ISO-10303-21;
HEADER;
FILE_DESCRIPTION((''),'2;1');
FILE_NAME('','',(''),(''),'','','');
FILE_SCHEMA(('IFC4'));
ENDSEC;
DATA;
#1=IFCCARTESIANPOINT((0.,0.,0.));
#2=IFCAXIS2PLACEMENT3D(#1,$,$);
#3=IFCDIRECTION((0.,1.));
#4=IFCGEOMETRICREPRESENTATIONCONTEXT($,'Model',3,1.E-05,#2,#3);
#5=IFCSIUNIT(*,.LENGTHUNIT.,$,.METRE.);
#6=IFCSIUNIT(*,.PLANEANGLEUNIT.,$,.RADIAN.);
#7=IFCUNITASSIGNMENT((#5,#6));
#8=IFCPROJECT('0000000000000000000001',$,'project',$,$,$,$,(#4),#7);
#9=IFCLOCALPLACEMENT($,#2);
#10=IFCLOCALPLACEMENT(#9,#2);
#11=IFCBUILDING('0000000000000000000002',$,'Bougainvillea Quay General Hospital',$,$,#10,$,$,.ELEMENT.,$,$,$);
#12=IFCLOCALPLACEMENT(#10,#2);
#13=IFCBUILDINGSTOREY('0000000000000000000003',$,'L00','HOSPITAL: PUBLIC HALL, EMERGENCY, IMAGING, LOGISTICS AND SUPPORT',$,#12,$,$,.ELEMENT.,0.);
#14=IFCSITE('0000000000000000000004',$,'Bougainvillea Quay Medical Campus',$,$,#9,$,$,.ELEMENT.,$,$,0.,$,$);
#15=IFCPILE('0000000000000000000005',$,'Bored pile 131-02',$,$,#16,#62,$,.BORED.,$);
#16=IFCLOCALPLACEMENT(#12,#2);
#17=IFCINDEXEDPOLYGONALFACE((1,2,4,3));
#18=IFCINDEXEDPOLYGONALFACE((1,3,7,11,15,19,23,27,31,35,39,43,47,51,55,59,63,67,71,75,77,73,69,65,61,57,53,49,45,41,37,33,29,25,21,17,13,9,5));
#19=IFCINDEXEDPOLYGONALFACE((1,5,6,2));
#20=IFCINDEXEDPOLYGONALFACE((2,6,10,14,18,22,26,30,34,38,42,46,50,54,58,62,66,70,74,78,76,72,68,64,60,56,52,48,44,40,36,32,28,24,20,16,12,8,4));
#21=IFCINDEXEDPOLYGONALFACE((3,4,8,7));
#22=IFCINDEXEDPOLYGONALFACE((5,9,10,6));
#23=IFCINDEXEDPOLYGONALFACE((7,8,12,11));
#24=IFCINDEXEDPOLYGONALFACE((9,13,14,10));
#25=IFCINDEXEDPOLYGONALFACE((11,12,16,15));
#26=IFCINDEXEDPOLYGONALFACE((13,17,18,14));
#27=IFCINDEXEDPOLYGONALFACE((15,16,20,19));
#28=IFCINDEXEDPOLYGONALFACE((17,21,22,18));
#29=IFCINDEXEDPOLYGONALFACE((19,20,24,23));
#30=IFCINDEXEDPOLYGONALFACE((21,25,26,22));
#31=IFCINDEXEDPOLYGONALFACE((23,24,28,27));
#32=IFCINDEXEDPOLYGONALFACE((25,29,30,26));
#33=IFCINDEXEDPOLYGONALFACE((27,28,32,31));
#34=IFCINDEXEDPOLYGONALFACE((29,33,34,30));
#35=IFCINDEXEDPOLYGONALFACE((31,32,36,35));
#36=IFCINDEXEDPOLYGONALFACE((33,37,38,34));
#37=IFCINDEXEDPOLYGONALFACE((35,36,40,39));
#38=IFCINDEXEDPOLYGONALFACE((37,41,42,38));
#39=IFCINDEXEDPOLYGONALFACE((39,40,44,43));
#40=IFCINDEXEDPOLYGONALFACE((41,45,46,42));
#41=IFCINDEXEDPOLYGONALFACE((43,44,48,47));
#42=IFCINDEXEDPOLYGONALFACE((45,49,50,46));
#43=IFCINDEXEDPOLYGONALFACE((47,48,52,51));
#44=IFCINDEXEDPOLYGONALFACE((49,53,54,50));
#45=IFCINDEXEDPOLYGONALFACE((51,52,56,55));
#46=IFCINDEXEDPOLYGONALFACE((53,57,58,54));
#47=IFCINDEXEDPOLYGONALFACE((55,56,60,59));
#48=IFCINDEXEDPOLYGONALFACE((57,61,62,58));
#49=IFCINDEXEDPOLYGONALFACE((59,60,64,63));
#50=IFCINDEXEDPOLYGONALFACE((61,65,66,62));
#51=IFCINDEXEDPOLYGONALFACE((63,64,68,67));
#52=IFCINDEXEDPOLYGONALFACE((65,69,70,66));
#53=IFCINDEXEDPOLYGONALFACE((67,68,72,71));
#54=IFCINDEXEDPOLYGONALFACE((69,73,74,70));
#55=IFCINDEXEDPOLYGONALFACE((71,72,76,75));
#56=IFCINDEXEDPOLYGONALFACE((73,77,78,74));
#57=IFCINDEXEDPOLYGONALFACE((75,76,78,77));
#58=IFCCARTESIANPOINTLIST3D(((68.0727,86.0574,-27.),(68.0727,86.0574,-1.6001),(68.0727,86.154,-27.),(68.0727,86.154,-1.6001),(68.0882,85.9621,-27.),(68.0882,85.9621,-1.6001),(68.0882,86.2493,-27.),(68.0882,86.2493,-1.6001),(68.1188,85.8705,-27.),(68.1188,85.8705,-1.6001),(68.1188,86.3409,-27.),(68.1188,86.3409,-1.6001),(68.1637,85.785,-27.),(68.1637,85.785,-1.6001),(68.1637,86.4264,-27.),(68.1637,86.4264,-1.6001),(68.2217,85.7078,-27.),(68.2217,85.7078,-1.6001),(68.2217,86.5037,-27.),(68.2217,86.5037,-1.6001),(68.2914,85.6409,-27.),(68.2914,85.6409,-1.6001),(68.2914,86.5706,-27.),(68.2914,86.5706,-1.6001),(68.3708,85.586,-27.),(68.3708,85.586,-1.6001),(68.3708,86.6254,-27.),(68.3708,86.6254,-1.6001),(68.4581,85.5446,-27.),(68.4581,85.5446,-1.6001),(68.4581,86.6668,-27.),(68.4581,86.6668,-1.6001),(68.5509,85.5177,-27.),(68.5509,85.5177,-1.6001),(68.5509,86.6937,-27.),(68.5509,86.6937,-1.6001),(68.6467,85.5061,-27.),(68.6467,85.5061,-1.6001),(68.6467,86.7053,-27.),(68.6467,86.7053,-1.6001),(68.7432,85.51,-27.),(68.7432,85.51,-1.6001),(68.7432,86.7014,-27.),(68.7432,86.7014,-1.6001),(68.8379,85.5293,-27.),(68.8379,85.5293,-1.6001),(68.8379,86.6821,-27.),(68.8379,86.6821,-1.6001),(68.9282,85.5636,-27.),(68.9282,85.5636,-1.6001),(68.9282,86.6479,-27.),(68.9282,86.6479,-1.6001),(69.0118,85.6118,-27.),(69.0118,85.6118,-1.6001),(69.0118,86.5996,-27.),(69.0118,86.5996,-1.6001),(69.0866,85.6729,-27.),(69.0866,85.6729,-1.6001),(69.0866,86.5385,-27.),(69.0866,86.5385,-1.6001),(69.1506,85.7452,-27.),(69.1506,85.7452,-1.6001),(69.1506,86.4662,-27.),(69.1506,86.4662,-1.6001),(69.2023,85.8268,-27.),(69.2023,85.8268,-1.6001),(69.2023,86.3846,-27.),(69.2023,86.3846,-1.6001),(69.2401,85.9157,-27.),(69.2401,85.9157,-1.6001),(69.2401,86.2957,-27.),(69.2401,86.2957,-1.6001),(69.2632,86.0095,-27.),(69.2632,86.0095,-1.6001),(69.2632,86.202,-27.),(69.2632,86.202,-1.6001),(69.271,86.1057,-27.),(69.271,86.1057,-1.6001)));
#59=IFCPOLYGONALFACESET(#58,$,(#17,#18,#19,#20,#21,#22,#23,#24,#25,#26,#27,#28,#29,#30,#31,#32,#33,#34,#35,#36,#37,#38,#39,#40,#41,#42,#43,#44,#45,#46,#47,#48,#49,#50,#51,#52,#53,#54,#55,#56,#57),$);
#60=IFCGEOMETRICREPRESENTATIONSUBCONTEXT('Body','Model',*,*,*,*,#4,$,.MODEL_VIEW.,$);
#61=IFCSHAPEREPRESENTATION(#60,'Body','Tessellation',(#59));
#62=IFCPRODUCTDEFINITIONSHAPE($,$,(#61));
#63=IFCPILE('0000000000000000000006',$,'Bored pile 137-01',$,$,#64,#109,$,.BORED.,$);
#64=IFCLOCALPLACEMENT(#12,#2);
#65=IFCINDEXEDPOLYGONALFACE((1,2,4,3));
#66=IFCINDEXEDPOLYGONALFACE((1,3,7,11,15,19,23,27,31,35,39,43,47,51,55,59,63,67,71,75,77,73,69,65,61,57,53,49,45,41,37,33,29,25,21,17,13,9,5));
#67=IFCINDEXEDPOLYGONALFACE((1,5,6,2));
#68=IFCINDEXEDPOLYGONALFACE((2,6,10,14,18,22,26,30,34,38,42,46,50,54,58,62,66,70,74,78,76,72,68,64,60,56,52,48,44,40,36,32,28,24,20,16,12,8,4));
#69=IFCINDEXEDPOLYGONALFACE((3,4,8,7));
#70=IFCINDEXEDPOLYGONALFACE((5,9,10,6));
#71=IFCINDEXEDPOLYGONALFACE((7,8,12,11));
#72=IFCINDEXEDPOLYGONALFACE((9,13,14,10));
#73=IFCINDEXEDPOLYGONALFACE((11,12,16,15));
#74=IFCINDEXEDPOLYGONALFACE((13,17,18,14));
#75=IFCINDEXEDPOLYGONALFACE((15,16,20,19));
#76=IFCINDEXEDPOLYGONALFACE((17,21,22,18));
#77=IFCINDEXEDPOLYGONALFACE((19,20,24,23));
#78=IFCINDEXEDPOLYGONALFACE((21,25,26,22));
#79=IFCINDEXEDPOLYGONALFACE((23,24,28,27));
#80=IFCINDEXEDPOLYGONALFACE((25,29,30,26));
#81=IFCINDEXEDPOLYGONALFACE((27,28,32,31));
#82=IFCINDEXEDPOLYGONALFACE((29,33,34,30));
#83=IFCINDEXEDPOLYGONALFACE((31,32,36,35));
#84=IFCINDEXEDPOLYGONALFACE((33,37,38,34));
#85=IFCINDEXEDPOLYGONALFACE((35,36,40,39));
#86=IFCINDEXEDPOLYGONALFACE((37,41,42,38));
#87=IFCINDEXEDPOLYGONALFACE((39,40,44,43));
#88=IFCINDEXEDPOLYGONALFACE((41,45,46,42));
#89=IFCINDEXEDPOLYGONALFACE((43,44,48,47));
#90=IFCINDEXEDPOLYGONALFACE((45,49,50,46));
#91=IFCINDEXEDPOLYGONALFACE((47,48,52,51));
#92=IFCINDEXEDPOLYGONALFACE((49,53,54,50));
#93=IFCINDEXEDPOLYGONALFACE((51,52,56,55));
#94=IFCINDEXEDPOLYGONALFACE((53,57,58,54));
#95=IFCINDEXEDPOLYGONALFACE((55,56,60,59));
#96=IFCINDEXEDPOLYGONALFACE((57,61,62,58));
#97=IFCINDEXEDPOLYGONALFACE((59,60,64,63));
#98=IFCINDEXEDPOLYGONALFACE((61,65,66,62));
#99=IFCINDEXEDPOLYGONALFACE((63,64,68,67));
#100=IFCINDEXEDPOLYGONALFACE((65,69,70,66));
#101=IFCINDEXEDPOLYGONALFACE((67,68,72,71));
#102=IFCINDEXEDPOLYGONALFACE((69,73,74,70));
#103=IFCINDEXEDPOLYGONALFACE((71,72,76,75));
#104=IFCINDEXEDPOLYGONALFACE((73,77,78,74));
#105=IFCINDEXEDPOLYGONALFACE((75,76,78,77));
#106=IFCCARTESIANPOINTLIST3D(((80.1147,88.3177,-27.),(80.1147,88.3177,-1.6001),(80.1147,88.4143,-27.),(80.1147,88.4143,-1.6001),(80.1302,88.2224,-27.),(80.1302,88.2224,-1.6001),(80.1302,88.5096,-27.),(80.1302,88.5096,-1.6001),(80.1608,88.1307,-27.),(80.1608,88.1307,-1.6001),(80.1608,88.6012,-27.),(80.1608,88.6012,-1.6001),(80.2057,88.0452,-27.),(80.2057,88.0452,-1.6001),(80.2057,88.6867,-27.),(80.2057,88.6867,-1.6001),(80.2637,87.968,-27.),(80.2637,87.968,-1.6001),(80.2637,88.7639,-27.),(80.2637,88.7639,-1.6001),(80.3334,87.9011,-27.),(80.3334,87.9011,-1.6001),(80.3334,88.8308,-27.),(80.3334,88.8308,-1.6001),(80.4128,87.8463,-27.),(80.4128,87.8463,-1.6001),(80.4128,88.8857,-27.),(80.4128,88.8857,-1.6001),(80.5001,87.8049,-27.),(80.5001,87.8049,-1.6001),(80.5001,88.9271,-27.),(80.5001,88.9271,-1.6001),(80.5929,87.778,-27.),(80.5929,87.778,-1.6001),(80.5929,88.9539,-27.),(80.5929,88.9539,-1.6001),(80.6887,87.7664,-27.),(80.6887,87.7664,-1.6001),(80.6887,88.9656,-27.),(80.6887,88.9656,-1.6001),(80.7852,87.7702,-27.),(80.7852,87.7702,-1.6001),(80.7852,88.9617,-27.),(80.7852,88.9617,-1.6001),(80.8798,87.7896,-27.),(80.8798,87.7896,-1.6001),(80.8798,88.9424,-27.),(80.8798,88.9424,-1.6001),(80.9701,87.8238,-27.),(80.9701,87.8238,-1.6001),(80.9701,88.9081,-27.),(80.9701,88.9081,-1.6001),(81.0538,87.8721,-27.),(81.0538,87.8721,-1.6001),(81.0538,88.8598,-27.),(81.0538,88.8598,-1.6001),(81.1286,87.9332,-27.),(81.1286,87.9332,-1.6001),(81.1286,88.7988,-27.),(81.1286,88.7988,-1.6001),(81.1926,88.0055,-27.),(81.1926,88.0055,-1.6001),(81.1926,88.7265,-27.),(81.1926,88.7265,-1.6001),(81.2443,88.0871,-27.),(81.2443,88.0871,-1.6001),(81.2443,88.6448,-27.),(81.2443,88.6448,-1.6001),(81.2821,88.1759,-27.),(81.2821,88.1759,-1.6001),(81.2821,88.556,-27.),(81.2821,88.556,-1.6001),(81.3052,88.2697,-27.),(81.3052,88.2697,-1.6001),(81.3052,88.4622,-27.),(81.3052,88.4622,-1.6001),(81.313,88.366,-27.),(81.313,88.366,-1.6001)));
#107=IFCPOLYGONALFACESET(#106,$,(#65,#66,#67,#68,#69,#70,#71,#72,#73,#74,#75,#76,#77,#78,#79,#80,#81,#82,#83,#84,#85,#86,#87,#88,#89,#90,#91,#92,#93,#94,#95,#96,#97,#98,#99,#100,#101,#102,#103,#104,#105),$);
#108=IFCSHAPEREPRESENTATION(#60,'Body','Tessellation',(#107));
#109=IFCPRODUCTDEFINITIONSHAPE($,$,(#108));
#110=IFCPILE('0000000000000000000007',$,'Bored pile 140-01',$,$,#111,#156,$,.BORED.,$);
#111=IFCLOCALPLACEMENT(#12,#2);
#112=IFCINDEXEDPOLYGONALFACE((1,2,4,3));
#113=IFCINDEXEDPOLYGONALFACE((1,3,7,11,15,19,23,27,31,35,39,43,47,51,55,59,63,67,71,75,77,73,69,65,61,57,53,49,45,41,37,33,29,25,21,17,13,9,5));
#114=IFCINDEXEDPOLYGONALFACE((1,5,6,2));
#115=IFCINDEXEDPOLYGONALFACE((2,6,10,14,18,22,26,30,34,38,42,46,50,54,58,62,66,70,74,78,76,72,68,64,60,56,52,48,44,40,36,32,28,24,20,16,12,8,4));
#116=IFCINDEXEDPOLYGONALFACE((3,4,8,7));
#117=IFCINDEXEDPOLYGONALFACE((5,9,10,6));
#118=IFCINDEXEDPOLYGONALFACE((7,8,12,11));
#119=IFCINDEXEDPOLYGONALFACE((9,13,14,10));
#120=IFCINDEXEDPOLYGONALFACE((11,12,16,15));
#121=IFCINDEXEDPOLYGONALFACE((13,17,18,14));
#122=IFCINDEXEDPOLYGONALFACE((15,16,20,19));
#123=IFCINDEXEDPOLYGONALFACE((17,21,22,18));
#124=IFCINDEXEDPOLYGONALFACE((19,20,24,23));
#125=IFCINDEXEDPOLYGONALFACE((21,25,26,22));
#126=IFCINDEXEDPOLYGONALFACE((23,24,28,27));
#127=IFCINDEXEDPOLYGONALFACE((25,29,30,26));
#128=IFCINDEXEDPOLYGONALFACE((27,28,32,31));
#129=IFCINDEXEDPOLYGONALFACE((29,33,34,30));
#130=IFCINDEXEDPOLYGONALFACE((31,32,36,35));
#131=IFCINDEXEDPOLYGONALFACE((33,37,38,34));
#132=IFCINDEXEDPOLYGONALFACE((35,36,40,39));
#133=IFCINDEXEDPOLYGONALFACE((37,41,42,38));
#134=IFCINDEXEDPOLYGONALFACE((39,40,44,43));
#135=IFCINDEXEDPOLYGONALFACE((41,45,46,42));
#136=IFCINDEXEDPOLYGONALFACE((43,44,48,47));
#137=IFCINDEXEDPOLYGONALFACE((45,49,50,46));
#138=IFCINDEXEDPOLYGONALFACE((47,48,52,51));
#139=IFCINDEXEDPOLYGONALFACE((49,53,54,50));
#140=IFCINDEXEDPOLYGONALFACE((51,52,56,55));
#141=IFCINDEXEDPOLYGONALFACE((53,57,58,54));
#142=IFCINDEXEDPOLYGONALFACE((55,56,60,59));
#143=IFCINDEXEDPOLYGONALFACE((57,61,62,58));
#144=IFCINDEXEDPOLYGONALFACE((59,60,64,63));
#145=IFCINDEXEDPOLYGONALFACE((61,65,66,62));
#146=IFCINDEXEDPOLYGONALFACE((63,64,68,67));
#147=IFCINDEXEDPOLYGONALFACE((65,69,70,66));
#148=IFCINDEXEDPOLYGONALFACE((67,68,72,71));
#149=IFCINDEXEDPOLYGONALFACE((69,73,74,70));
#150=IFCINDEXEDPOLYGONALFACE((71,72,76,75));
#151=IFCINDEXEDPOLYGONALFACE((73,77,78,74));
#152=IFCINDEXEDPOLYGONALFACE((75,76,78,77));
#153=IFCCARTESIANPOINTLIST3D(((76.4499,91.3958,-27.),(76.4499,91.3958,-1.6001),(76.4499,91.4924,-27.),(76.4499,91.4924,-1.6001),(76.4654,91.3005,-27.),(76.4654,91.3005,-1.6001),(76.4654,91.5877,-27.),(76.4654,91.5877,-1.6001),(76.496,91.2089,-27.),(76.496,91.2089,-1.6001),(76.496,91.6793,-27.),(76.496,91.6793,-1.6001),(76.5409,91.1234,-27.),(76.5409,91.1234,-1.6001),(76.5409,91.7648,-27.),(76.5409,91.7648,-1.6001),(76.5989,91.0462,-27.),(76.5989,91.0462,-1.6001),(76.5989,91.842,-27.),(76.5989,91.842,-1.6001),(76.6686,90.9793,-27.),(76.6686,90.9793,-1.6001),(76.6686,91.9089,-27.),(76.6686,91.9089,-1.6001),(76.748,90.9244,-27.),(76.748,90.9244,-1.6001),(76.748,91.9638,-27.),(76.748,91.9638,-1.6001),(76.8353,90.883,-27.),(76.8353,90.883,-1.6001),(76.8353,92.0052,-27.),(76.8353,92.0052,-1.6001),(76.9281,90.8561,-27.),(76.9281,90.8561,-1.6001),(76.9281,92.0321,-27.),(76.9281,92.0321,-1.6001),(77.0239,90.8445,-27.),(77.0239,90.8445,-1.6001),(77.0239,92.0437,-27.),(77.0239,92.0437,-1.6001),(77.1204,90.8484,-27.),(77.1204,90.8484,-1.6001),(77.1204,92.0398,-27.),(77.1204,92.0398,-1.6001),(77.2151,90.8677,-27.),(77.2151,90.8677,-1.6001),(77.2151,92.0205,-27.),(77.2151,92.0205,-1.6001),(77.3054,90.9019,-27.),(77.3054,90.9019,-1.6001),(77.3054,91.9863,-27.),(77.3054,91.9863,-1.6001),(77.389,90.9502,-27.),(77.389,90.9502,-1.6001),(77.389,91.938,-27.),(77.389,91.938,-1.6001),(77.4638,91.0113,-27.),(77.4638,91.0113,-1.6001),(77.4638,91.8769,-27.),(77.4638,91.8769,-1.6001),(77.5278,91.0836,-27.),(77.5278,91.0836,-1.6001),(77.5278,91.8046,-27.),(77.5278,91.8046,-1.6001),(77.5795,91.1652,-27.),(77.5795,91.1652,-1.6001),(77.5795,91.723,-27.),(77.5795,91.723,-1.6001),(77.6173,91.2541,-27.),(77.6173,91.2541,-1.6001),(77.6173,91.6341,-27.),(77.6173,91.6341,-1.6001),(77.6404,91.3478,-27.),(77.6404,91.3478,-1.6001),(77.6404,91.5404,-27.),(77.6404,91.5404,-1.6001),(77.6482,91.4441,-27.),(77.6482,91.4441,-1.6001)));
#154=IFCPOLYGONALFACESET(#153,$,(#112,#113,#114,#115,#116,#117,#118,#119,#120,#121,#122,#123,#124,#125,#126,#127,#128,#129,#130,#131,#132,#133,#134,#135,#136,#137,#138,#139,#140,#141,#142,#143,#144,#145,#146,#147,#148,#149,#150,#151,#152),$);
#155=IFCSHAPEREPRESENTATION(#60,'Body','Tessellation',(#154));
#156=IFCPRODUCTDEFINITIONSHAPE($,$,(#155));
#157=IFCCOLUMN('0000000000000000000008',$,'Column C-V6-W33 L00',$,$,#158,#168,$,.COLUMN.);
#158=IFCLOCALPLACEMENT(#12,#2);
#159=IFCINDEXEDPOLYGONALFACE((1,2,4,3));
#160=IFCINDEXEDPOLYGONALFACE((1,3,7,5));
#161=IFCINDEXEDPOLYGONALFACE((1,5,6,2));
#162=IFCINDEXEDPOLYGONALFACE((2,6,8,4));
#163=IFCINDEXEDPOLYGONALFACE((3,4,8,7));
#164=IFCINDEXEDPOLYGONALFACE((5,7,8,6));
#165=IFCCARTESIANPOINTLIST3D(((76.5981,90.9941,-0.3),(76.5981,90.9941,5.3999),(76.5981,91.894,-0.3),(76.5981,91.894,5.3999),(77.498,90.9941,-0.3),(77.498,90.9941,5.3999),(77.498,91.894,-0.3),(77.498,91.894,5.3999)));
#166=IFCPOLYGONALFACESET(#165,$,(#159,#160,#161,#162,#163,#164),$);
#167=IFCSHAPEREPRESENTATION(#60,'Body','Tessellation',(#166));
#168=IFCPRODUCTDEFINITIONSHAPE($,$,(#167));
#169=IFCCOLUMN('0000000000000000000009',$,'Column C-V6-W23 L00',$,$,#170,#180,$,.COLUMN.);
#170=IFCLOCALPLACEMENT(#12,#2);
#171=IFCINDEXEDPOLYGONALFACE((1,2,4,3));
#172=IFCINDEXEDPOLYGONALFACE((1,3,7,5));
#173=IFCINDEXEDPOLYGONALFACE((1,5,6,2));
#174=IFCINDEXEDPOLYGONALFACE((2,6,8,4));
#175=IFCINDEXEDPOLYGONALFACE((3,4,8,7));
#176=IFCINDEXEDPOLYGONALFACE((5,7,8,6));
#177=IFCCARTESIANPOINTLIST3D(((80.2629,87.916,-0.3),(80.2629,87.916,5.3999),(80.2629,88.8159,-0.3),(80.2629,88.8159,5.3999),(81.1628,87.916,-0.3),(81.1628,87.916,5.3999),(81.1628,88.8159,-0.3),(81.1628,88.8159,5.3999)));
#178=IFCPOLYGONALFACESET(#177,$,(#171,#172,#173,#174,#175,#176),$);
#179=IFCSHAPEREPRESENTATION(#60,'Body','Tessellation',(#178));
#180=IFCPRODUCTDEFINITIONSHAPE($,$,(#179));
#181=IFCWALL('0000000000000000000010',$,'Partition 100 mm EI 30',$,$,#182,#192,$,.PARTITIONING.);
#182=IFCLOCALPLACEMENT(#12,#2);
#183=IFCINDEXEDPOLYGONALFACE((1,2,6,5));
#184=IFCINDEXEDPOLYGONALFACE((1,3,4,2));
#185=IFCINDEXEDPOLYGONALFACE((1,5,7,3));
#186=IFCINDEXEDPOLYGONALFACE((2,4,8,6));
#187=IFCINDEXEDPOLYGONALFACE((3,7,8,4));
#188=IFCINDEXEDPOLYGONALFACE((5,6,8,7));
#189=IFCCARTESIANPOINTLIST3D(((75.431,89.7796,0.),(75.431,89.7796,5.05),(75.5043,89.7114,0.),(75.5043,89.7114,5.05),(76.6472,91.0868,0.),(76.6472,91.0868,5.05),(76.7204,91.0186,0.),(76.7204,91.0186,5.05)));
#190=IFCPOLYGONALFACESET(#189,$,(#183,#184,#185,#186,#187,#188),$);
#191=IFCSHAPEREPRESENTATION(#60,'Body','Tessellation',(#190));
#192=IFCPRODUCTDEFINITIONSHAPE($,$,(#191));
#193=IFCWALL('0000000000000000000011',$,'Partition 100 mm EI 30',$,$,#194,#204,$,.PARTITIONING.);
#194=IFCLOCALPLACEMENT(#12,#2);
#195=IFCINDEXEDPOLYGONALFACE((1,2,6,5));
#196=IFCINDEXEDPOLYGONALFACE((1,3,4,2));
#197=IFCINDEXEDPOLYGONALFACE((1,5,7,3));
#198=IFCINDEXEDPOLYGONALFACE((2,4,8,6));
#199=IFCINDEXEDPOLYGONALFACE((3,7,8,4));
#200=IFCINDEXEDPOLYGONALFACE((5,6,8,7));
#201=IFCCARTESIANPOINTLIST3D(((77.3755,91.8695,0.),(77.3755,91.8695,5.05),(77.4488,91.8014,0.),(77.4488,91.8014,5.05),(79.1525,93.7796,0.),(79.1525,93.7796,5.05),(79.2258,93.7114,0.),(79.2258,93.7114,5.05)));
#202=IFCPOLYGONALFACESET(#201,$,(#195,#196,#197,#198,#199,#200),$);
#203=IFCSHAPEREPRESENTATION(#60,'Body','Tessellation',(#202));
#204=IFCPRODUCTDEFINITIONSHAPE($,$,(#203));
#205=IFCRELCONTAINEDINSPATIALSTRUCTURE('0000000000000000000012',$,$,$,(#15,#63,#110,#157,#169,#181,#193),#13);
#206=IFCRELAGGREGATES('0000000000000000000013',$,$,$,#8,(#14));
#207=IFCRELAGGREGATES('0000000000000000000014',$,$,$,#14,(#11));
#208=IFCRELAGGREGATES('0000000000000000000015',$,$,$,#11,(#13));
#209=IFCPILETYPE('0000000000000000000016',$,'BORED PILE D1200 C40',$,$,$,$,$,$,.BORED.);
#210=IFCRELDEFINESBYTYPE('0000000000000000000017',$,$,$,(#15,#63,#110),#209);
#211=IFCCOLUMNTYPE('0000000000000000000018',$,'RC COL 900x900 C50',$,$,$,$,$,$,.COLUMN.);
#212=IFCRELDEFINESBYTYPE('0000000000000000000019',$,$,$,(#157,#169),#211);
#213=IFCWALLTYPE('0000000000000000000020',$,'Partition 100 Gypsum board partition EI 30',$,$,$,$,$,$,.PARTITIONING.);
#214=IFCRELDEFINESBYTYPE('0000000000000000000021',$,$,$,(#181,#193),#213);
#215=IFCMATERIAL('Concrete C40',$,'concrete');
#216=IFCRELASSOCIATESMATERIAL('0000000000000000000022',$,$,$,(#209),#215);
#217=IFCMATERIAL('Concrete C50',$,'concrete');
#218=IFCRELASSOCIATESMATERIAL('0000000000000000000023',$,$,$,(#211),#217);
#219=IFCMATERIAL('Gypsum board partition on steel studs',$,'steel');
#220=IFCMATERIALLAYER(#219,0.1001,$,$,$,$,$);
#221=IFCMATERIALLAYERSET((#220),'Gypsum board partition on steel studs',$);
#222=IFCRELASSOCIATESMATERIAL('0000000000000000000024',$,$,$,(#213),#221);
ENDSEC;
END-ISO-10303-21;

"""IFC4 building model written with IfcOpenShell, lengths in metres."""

from ifc_helpers import new_model, si_unit, direction, frame, frame_2d, origin, origin_2d, place, context, subcontext, project, spatial, rectangle, circle, extrude, material, layer, layer_set, material_profile, profile_set, type_object, element, save


model = new_model("IFC4")

# Units and contexts
model_context = context("Model", 3, precision=1e-05, world=origin(), true_north=direction((0.0, 1.0)))
body_context = subcontext(model_context, "Body", "Model", "MODEL_VIEW")
ifc_project = project(units=[si_unit("LENGTHUNIT", "METRE"), si_unit("PLANEANGLEUNIT", "RADIAN")], contexts=[model_context])

# Site, building, storey
site_placement = place(None, origin())
site = spatial("IfcSite", under=ifc_project, at=site_placement, Name="Bougainvillea Quay Medical Campus", CompositionType="ELEMENT", RefElevation=0.0)
building_placement = place(site_placement, origin())
building = spatial("IfcBuilding", under=site, at=building_placement, Name="Bougainvillea Quay General Hospital", CompositionType="ELEMENT")
storey_placement = place(building_placement, origin())
storey = spatial("IfcBuildingStorey", under=building, at=storey_placement, Name="L00", Description="HOSPITAL: PUBLIC HALL, EMERGENCY, IMAGING, LOGISTICS AND SUPPORT", CompositionType="ELEMENT", Elevation=0.0)

# Piles
ifc_material_1 = material(Name="Concrete C40", Category="concrete")
ifc_material_profile_1 = material_profile(ifc_material_1, circle(Radius=0.6001, at=origin_2d()))
ifc_profile_set_1 = profile_set([ifc_material_profile_1], Name="Concrete C40")
pile_type = type_object("IfcPileType", Name="BORED PILE D1200 C40", PredefinedType="BORED", material=ifc_profile_set_1)
for number, where, z_axis, x_axis, name in (
    (1, (68.6709, 86.1057, -1.6001), (0.0, 0.0, -1.0), (1.0, 0.0, 0.0), "Bored pile 131-02"),
    (2, (80.7129, 88.366, -1.6001), (0.0, 0.0, -1.0), (1.0, 0.0, 0.0), "Bored pile 137-01"),
    (3, (77.0481, 91.4441, -1.6001), (0.0, 0.0, -1.0), (1.0, 0.0, 0.0), "Bored pile 140-01"),
):
    element("IfcPile", number, at=place(storey_placement, frame(where, z_axis=z_axis, x_axis=x_axis)), inside=storey, type_object=pile_type, Name=name, PredefinedType="BORED", context=body_context, shape_type="SweptSolid", body=[
        extrude(circle(Radius=0.6001, at=origin_2d()), origin(), (0.0, 0.0, 1.0), 25.3999),
    ])

# Columns
ifc_material_2 = material(Name="Concrete C50", Category="concrete")
ifc_material_profile_2 = material_profile(ifc_material_2, rectangle(XDim=0.8999, YDim=0.8999, at=origin_2d()))
ifc_profile_set_2 = profile_set([ifc_material_profile_2], Name="Concrete C50")
column_type = type_object("IfcColumnType", Name="RC COL 900x900 C50", PredefinedType="COLUMN", material=ifc_profile_set_2)
for number, where, z_axis, x_axis, name in (
    (4, (77.0481, 91.4441, -0.3), (0.0, 0.0, 1.0), (1.0, 0.0, 0.0), "Column C-V6-W33 L00"),
    (5, (80.7129, 88.366, -0.3), (0.0, 0.0, 1.0), (1.0, 0.0, 0.0), "Column C-V6-W23 L00"),
):
    element("IfcColumn", number, at=place(storey_placement, frame(where, z_axis=z_axis, x_axis=x_axis)), inside=storey, type_object=column_type, Name=name, PredefinedType="COLUMN", context=body_context, shape_type="SweptSolid", body=[
        extrude(rectangle(XDim=0.8999, YDim=0.8999, at=origin_2d()), origin(), (0.0, 0.0, 1.0), 5.7),
    ])

# Walls
ifc_material_3 = material(Name="Gypsum board partition on steel studs", Category="steel")
ifc_layer_1 = layer(ifc_material_3, 0.1001)
ifc_layer_set_1 = layer_set([ifc_layer_1], Name="Gypsum board partition on steel studs")
wall_type_1 = type_object("IfcWallType", Name="Partition 100 Gypsum board partition EI 30", PredefinedType="PARTITIONING", material=ifc_layer_set_1)
wall_1_placement = place(storey_placement, frame((75.4678, 89.7456, 0.0), z_axis=(0.0, 0.0, 1.0), x_axis=(0.681143, 0.73215, 0.0)))
element("IfcWall", 6, at=wall_1_placement, inside=storey, type_object=wall_type_1, Name="Partition 100 mm EI 30", PredefinedType="PARTITIONING", context=body_context, shape_type="SweptSolid", body=[
    extrude(rectangle(XDim=1.7854, YDim=0.1001, at=frame_2d((0.8926, 0.0))), origin(), (0.0, 0.0, 1.0), 5.05),
])
wall_2_placement = place(storey_placement, frame((77.4121, 91.8354, 0.0), z_axis=(0.0, 0.0, 1.0), x_axis=(0.681147, 0.732147, 0.0)))
element("IfcWall", 7, at=wall_2_placement, inside=storey, type_object=wall_type_1, Name="Partition 100 mm EI 30", PredefinedType="PARTITIONING", context=body_context, shape_type="SweptSolid", body=[
    extrude(rectangle(XDim=2.6089, YDim=0.1001, at=frame_2d((1.3044, 0.0))), origin(), (0.0, 0.0, 1.0), 5.05),
])

save(model, "model.ifc")
